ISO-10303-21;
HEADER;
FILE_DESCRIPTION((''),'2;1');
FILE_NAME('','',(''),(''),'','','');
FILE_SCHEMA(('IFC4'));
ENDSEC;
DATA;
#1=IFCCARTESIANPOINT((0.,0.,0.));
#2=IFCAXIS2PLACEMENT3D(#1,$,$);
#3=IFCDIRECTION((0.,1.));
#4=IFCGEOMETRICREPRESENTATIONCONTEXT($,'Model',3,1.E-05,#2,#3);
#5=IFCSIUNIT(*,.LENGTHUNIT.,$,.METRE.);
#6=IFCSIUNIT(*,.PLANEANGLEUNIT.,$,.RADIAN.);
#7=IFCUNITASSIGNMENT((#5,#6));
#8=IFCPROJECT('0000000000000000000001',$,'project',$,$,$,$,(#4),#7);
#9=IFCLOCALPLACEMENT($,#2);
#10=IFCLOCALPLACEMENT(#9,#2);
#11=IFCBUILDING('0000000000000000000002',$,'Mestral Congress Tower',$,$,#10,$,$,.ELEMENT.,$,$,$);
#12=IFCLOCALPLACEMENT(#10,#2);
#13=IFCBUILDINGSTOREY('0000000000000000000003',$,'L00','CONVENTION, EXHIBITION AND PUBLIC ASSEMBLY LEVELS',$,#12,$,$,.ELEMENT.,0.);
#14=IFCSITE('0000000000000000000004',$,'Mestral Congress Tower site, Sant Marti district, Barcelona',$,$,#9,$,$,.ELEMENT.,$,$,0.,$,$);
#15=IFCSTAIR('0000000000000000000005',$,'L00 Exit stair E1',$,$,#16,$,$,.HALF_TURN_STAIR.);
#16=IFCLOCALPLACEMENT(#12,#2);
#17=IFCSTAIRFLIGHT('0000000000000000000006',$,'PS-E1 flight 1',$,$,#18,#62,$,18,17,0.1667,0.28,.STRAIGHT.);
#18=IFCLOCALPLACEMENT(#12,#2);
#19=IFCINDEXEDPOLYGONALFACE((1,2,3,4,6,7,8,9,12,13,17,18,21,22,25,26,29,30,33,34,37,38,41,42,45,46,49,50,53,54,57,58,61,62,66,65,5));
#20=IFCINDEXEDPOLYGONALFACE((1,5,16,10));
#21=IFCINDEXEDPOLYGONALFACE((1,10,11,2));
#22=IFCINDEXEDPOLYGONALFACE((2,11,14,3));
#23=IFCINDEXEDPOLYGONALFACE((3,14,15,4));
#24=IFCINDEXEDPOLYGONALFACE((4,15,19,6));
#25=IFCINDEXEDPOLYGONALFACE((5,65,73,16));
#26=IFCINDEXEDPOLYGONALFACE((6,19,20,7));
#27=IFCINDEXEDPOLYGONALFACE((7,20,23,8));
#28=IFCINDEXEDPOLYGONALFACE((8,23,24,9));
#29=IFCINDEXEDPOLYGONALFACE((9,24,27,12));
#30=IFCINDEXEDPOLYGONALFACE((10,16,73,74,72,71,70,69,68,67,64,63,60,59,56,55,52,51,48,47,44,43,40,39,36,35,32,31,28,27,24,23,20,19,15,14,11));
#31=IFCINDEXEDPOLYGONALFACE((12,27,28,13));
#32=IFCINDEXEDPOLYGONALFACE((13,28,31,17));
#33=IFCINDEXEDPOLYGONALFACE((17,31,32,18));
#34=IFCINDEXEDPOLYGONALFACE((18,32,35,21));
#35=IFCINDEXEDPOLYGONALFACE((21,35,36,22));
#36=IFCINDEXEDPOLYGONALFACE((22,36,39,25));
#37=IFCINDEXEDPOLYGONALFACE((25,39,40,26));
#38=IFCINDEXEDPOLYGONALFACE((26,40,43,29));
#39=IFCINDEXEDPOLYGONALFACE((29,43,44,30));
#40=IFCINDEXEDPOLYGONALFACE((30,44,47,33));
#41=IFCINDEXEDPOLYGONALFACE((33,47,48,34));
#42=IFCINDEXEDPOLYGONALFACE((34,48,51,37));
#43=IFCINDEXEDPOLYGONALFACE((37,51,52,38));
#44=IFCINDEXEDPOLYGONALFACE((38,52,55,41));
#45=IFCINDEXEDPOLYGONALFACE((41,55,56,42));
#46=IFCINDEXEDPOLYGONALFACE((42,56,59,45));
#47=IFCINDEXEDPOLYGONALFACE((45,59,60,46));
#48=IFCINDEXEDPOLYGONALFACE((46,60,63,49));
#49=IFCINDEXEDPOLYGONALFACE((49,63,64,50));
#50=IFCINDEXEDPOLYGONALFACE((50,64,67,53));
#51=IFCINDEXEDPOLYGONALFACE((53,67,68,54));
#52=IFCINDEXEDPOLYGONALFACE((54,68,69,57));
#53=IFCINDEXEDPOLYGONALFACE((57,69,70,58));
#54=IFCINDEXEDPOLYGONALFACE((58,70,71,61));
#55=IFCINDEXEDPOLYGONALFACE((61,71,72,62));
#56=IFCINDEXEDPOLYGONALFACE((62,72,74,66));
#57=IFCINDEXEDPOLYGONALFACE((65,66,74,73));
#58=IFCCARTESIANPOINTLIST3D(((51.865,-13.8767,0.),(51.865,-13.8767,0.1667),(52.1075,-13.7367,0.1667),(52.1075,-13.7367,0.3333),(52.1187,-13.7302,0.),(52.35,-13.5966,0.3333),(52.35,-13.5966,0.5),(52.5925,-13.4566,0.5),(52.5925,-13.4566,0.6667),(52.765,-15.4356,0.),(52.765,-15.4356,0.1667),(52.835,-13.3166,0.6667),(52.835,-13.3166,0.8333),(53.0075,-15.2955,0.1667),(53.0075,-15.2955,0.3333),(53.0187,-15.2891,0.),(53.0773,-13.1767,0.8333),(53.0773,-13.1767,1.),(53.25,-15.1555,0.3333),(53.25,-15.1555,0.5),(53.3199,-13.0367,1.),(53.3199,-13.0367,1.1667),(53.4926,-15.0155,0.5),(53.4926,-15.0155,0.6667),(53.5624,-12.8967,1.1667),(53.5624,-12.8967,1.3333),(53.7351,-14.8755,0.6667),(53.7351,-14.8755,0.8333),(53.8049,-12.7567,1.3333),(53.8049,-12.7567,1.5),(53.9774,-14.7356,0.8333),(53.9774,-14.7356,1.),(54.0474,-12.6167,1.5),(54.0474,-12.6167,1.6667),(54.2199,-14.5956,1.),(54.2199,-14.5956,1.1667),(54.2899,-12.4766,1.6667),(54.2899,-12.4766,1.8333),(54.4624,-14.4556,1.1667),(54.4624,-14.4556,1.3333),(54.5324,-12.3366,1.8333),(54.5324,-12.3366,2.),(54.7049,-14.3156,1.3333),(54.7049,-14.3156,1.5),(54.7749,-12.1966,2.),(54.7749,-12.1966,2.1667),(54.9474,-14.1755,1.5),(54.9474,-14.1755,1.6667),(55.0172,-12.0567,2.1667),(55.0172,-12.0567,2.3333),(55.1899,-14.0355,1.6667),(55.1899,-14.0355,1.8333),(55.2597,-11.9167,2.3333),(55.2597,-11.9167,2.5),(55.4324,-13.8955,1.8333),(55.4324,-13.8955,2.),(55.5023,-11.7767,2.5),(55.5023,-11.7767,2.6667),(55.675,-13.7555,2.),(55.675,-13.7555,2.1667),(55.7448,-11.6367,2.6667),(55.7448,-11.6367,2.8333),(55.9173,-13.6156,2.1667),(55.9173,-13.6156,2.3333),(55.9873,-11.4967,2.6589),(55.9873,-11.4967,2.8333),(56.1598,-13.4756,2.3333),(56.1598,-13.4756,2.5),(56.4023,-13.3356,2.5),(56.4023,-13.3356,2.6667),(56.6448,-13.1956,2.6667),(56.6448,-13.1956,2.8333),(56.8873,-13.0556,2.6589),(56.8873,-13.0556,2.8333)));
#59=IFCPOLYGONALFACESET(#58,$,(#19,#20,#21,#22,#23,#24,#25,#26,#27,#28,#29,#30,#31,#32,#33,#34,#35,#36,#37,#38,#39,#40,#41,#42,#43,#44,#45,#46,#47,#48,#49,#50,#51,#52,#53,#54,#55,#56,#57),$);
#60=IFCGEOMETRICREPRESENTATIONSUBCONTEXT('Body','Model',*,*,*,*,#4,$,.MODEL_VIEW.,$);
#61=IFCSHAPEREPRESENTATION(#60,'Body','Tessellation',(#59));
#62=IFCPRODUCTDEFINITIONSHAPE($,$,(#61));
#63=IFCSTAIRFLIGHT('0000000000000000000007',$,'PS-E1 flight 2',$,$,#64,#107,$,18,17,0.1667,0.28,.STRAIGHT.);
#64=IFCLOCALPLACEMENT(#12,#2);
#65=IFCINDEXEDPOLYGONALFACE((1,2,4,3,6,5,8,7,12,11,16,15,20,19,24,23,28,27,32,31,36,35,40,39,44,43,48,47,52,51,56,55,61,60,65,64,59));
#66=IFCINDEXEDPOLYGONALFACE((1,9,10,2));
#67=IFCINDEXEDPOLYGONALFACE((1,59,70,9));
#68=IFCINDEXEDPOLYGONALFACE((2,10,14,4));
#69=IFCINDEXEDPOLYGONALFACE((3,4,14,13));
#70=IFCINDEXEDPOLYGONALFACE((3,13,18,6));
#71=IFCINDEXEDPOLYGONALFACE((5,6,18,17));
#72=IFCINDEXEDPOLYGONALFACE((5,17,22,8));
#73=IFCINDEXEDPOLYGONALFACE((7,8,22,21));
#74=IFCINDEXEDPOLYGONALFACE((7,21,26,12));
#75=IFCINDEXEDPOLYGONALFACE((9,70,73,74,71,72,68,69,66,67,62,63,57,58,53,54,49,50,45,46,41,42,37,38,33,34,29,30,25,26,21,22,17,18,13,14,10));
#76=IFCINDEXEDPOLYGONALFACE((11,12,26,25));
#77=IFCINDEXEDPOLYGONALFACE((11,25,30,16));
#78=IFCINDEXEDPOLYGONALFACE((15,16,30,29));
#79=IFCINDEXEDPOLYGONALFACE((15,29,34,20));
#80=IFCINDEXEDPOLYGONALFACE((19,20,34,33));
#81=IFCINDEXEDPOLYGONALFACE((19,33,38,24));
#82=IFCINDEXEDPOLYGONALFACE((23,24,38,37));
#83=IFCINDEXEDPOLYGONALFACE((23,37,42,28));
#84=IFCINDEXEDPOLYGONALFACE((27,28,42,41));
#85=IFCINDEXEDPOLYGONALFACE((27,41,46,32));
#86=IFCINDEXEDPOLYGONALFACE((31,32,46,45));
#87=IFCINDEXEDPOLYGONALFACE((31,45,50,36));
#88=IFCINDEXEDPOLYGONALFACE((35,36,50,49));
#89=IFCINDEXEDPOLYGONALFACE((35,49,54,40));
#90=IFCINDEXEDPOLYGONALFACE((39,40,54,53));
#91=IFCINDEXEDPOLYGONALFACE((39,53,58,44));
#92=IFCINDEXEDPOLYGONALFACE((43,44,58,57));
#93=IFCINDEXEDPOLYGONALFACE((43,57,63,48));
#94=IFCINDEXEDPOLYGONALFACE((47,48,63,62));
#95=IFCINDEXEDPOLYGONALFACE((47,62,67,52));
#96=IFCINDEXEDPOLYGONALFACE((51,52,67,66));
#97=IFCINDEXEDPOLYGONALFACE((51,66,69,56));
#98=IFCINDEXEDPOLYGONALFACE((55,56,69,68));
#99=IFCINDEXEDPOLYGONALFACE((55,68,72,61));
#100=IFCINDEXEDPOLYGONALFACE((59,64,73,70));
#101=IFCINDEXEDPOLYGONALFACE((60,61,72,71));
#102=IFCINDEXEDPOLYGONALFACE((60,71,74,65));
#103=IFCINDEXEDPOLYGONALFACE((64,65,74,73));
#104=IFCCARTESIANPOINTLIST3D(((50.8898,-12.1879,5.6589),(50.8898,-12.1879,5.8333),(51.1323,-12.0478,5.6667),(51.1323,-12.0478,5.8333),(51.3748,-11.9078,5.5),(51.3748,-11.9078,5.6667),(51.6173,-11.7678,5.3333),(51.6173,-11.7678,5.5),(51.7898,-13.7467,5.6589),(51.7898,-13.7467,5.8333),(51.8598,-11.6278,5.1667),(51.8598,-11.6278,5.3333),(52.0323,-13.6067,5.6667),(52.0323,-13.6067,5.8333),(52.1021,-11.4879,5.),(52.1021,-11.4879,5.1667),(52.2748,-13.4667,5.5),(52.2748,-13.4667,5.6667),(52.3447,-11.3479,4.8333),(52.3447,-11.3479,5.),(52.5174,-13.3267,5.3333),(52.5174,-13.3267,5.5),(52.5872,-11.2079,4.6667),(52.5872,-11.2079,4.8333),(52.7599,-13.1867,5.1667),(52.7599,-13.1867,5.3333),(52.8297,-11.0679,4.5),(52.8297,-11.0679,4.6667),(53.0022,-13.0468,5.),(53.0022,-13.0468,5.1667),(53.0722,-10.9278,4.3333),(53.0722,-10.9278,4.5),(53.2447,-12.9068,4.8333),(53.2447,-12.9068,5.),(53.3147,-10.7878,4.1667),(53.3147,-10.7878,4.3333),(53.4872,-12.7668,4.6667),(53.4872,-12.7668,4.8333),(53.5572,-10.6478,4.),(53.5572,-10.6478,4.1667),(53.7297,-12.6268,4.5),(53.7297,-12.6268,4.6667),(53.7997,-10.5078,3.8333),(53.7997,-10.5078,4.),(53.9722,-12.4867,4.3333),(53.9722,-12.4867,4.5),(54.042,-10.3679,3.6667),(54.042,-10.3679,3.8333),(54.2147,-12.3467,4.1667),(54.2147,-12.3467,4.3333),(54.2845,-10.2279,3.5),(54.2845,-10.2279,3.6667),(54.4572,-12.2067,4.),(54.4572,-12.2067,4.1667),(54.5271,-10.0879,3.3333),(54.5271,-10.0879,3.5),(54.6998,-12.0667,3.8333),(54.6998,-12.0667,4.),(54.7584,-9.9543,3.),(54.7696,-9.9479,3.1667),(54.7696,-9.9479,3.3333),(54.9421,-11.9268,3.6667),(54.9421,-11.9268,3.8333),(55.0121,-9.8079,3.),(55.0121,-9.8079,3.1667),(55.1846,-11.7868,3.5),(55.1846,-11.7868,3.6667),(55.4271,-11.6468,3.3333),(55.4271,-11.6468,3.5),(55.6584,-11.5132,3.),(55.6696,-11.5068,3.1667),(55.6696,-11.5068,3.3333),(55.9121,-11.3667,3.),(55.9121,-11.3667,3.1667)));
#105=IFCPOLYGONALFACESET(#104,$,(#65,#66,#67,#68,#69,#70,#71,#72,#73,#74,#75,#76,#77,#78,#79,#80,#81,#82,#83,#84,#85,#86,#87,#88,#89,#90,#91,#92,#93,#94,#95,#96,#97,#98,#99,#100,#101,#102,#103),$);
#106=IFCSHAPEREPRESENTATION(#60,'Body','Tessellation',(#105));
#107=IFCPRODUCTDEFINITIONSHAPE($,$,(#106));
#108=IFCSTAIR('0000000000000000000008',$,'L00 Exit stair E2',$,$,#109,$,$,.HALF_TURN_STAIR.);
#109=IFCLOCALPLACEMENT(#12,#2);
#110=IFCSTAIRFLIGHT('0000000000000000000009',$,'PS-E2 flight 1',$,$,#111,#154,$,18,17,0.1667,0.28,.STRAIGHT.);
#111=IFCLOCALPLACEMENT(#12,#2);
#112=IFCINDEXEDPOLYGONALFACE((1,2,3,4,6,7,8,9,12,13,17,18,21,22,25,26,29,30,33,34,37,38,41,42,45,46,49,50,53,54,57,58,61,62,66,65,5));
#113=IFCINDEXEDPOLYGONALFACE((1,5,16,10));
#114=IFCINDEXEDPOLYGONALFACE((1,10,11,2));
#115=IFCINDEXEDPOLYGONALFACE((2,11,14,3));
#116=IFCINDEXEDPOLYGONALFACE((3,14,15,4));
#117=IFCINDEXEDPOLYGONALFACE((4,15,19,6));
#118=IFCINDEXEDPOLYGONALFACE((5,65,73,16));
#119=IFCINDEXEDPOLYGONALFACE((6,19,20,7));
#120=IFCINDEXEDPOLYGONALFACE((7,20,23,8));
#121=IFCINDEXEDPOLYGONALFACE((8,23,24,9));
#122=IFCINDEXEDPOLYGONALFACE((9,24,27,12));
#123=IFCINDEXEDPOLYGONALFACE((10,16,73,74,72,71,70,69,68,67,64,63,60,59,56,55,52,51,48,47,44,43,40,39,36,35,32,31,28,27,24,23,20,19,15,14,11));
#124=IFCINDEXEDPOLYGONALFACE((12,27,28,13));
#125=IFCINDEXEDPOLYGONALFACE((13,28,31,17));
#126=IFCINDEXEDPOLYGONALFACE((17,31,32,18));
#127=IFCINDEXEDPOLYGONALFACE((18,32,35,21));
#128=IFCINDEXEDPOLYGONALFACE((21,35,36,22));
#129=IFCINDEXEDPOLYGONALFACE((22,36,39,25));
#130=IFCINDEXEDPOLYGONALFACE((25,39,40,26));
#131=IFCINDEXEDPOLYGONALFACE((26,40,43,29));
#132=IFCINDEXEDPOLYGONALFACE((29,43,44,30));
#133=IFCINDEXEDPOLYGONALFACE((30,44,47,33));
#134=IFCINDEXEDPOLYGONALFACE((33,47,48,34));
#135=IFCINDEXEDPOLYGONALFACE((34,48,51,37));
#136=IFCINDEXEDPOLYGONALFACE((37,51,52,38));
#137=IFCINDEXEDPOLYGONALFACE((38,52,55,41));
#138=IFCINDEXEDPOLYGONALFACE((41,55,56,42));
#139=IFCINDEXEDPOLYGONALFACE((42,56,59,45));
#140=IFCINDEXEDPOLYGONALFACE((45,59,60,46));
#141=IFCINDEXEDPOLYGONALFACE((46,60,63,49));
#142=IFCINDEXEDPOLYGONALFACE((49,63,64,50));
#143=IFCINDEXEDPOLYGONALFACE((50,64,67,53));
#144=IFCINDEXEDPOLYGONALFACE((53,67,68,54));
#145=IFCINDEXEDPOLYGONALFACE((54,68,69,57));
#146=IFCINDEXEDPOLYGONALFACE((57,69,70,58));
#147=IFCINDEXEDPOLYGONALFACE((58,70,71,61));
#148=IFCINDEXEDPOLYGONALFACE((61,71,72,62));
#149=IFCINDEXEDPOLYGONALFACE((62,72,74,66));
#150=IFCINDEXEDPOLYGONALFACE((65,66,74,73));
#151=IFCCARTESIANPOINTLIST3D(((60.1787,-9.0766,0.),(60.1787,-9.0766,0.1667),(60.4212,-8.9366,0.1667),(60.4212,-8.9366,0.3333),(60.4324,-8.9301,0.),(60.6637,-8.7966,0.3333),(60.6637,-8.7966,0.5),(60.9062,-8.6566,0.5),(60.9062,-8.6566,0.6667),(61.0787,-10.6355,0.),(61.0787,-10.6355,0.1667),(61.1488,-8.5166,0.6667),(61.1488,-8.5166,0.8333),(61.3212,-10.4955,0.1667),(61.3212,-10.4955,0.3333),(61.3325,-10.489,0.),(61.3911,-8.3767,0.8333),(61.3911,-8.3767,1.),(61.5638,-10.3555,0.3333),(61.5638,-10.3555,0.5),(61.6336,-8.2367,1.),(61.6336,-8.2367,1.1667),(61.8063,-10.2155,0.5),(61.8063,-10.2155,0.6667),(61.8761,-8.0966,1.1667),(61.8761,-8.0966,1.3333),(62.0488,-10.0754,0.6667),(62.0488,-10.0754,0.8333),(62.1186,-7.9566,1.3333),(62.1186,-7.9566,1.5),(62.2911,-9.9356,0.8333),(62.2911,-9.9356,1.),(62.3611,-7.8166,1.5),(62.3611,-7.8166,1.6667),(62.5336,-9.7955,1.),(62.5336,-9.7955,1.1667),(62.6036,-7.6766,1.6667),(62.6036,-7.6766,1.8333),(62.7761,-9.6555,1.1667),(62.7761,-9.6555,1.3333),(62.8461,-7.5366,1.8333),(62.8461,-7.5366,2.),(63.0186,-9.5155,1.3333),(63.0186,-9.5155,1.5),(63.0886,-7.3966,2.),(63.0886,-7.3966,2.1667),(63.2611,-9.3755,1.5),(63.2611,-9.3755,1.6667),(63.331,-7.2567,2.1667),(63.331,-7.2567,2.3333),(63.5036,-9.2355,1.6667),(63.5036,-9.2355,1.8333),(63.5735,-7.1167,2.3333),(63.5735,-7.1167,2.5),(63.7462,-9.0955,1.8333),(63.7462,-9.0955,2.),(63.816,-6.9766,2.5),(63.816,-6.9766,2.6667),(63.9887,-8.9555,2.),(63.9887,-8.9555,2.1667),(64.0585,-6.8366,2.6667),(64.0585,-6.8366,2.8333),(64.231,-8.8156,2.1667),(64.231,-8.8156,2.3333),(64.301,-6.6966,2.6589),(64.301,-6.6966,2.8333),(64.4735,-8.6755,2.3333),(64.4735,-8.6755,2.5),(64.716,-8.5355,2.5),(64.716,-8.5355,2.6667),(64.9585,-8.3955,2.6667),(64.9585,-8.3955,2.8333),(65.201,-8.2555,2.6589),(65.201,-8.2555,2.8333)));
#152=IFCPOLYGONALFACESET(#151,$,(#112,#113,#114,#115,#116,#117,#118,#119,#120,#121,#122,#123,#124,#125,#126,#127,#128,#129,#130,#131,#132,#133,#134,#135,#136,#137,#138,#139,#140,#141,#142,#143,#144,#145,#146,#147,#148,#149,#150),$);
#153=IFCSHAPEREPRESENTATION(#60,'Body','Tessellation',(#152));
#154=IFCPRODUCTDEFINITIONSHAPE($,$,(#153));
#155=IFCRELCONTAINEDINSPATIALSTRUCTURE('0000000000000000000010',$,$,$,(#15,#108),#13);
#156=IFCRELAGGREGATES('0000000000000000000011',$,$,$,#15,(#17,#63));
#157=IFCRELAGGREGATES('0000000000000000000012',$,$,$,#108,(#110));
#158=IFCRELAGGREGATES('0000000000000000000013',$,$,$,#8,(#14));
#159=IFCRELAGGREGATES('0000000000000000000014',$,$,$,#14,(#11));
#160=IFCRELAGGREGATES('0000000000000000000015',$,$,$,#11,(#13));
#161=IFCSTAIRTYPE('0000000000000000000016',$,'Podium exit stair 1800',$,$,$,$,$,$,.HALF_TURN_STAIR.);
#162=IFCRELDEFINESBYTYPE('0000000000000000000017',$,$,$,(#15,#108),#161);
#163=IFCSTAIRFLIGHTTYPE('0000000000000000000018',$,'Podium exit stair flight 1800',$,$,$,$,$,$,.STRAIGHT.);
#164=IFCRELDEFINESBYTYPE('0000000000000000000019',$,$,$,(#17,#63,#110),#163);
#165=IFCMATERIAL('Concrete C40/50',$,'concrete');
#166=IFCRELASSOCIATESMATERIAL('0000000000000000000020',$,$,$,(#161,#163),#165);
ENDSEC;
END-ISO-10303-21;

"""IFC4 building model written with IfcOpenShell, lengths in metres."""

from ifc_helpers import new_model, si_unit, direction, frame, origin, place, context, subcontext, project, spatial, polyline, outline, extrude, material, type_object, element, aggregate, save


model = new_model("IFC4")

# Units and contexts
model_context = context("Model", 3, precision=1e-05, world=origin(), true_north=direction((0.0, 1.0)))
body_context = subcontext(model_context, "Body", "Model", "MODEL_VIEW")
ifc_project = project(units=[si_unit("LENGTHUNIT", "METRE"), si_unit("PLANEANGLEUNIT", "RADIAN")], contexts=[model_context])

# Site, building, storey
site_placement = place(None, origin())
site = spatial("IfcSite", under=ifc_project, at=site_placement, Name="Mestral Congress Tower site, Sant Marti district, Barcelona", CompositionType="ELEMENT", RefElevation=0.0)
building_placement = place(site_placement, origin())
building = spatial("IfcBuilding", under=site, at=building_placement, Name="Mestral Congress Tower", CompositionType="ELEMENT")
storey_placement = place(building_placement, origin())
storey = spatial("IfcBuildingStorey", under=building, at=storey_placement, Name="L00", Description="CONVENTION, EXHIBITION AND PUBLIC ASSEMBLY LEVELS", CompositionType="ELEMENT", Elevation=0.0)

# Stair, stair flights
ifc_material_1 = material(Name="Concrete C40/50", Category="concrete")
stair_type = type_object("IfcStairType", Name="Podium exit stair 1800", PredefinedType="HALF_TURN_STAIR", material=ifc_material_1)
placement = place(storey_placement, origin())
stair_1 = element("IfcStair", 1, at=placement, inside=storey, type_object=stair_type, Name="L00 Exit stair E1", PredefinedType="HALF_TURN_STAIR")
stair_flight_type = type_object("IfcStairFlightType", Name="Podium exit stair flight 1800", PredefinedType="STRAIGHT", material=ifc_material_1)
stair_flight_1_placement = place(storey_placement, frame((52.3149, -14.656, 0.0), z_axis=(0.0, 0.0, 1.0), x_axis=(0.866025, 0.5, 0.0)))
stair_flight_1 = element("IfcStairFlight", 2, at=stair_flight_1_placement, type_object=stair_flight_type, Name="PS-E1 flight 1", NumberOfRisers=18, NumberOfTreads=17, PredefinedType="STRAIGHT", RiserHeight=0.1667, TreadLength=0.28, context=body_context, shape_type="SweptSolid", body=[
    extrude(outline(polyline([(0.0, 0.0), (0.0, 0.1667), (0.28, 0.1667), (0.28, 0.3333), (0.5601, 0.3333), (0.5601, 0.5), (0.8401, 0.5), (0.8401, 0.6667), (1.1201, 0.6667), (1.1201, 0.8333), (1.3999, 0.8333), (1.3999, 1.0), (1.6799, 1.0), (1.6799, 1.1667), (1.96, 1.1667), (1.96, 1.3333), (2.24, 1.3333), (2.24, 1.5), (2.52, 1.5), (2.52, 1.6667), (2.8, 1.6667), (2.8, 1.8333), (3.0801, 1.8333), (3.0801, 2.0), (3.3601, 2.0), (3.3601, 2.1667), (3.6399, 2.1667), (3.6399, 2.3333), (3.9199, 2.3333), (3.9199, 2.5), (4.2, 2.5), (4.2, 2.6667), (4.48, 2.6667), (4.48, 2.8333), (4.76, 2.8333), (4.76, 3.0), (4.76, 2.6589), (0.293, 0.0), (0.0, 0.0)])), frame((0.0, 0.8999, 0.0), z_axis=(0.0, -1.0, 0.0), x_axis=(1.0, 0.0, 0.0)), (0.0, 0.0, 1.0), 1.8),
])
stair_flight_2_placement = place(storey_placement, frame((55.4622, -10.5874, 3.0), z_axis=(0.0, 0.0, 1.0), x_axis=(-0.866025, -0.5, 0.0)))
stair_flight_2 = element("IfcStairFlight", 3, at=stair_flight_2_placement, type_object=stair_flight_type, Name="PS-E1 flight 2", NumberOfRisers=18, NumberOfTreads=17, PredefinedType="STRAIGHT", RiserHeight=0.1667, TreadLength=0.28, context=body_context, shape_type="SweptSolid", body=[
    extrude(outline(polyline([(0.0, 0.0), (0.0, 0.1667), (0.28, 0.1667), (0.28, 0.3333), (0.5601, 0.3333), (0.5601, 0.5), (0.8401, 0.5), (0.8401, 0.6667), (1.1201, 0.6667), (1.1201, 0.8333), (1.3999, 0.8333), (1.3999, 1.0), (1.6799, 1.0), (1.6799, 1.1667), (1.96, 1.1667), (1.96, 1.3333), (2.24, 1.3333), (2.24, 1.5), (2.52, 1.5), (2.52, 1.6667), (2.8, 1.6667), (2.8, 1.8333), (3.0801, 1.8333), (3.0801, 2.0), (3.3601, 2.0), (3.3601, 2.1667), (3.6399, 2.1667), (3.6399, 2.3333), (3.9199, 2.3333), (3.9199, 2.5), (4.2, 2.5), (4.2, 2.6667), (4.48, 2.6667), (4.48, 2.8333), (4.76, 2.8333), (4.76, 3.0), (4.76, 2.6589), (0.293, 0.0), (0.0, 0.0)])), frame((0.0, 0.8999, 0.0), z_axis=(0.0, -1.0, 0.0), x_axis=(1.0, 0.0, 0.0)), (0.0, 0.0, 1.0), 1.8),
])
aggregate(stair_1, [stair_flight_1, stair_flight_2])

# Stair, stair flight
stair_2 = element("IfcStair", 4, at=placement, inside=storey, type_object=stair_type, Name="L00 Exit stair E2", PredefinedType="HALF_TURN_STAIR")
stair_flight_3_placement = place(storey_placement, frame((60.6287, -9.856, 0.0), z_axis=(0.0, 0.0, 1.0), x_axis=(0.866025, 0.5, 0.0)))
stair_flight_3 = element("IfcStairFlight", 5, at=stair_flight_3_placement, type_object=stair_flight_type, Name="PS-E2 flight 1", NumberOfRisers=18, NumberOfTreads=17, PredefinedType="STRAIGHT", RiserHeight=0.1667, TreadLength=0.28, context=body_context, shape_type="SweptSolid", body=[
    extrude(outline(polyline([(0.0, 0.0), (0.0, 0.1667), (0.28, 0.1667), (0.28, 0.3333), (0.5601, 0.3333), (0.5601, 0.5), (0.8401, 0.5), (0.8401, 0.6667), (1.1201, 0.6667), (1.1201, 0.8333), (1.3999, 0.8333), (1.3999, 1.0), (1.6799, 1.0), (1.6799, 1.1667), (1.96, 1.1667), (1.96, 1.3333), (2.24, 1.3333), (2.24, 1.5), (2.52, 1.5), (2.52, 1.6667), (2.8, 1.6667), (2.8, 1.8333), (3.0801, 1.8333), (3.0801, 2.0), (3.3601, 2.0), (3.3601, 2.1667), (3.6399, 2.1667), (3.6399, 2.3333), (3.9199, 2.3333), (3.9199, 2.5), (4.2, 2.5), (4.2, 2.6667), (4.48, 2.6667), (4.48, 2.8333), (4.76, 2.8333), (4.76, 3.0), (4.76, 2.6589), (0.293, 0.0), (0.0, 0.0)])), frame((0.0, 0.8999, 0.0), z_axis=(0.0, -1.0, 0.0), x_axis=(1.0, 0.0, 0.0)), (0.0, 0.0, 1.0), 1.8),
])
aggregate(stair_2, [stair_flight_3])

save(model, "model.ifc")
